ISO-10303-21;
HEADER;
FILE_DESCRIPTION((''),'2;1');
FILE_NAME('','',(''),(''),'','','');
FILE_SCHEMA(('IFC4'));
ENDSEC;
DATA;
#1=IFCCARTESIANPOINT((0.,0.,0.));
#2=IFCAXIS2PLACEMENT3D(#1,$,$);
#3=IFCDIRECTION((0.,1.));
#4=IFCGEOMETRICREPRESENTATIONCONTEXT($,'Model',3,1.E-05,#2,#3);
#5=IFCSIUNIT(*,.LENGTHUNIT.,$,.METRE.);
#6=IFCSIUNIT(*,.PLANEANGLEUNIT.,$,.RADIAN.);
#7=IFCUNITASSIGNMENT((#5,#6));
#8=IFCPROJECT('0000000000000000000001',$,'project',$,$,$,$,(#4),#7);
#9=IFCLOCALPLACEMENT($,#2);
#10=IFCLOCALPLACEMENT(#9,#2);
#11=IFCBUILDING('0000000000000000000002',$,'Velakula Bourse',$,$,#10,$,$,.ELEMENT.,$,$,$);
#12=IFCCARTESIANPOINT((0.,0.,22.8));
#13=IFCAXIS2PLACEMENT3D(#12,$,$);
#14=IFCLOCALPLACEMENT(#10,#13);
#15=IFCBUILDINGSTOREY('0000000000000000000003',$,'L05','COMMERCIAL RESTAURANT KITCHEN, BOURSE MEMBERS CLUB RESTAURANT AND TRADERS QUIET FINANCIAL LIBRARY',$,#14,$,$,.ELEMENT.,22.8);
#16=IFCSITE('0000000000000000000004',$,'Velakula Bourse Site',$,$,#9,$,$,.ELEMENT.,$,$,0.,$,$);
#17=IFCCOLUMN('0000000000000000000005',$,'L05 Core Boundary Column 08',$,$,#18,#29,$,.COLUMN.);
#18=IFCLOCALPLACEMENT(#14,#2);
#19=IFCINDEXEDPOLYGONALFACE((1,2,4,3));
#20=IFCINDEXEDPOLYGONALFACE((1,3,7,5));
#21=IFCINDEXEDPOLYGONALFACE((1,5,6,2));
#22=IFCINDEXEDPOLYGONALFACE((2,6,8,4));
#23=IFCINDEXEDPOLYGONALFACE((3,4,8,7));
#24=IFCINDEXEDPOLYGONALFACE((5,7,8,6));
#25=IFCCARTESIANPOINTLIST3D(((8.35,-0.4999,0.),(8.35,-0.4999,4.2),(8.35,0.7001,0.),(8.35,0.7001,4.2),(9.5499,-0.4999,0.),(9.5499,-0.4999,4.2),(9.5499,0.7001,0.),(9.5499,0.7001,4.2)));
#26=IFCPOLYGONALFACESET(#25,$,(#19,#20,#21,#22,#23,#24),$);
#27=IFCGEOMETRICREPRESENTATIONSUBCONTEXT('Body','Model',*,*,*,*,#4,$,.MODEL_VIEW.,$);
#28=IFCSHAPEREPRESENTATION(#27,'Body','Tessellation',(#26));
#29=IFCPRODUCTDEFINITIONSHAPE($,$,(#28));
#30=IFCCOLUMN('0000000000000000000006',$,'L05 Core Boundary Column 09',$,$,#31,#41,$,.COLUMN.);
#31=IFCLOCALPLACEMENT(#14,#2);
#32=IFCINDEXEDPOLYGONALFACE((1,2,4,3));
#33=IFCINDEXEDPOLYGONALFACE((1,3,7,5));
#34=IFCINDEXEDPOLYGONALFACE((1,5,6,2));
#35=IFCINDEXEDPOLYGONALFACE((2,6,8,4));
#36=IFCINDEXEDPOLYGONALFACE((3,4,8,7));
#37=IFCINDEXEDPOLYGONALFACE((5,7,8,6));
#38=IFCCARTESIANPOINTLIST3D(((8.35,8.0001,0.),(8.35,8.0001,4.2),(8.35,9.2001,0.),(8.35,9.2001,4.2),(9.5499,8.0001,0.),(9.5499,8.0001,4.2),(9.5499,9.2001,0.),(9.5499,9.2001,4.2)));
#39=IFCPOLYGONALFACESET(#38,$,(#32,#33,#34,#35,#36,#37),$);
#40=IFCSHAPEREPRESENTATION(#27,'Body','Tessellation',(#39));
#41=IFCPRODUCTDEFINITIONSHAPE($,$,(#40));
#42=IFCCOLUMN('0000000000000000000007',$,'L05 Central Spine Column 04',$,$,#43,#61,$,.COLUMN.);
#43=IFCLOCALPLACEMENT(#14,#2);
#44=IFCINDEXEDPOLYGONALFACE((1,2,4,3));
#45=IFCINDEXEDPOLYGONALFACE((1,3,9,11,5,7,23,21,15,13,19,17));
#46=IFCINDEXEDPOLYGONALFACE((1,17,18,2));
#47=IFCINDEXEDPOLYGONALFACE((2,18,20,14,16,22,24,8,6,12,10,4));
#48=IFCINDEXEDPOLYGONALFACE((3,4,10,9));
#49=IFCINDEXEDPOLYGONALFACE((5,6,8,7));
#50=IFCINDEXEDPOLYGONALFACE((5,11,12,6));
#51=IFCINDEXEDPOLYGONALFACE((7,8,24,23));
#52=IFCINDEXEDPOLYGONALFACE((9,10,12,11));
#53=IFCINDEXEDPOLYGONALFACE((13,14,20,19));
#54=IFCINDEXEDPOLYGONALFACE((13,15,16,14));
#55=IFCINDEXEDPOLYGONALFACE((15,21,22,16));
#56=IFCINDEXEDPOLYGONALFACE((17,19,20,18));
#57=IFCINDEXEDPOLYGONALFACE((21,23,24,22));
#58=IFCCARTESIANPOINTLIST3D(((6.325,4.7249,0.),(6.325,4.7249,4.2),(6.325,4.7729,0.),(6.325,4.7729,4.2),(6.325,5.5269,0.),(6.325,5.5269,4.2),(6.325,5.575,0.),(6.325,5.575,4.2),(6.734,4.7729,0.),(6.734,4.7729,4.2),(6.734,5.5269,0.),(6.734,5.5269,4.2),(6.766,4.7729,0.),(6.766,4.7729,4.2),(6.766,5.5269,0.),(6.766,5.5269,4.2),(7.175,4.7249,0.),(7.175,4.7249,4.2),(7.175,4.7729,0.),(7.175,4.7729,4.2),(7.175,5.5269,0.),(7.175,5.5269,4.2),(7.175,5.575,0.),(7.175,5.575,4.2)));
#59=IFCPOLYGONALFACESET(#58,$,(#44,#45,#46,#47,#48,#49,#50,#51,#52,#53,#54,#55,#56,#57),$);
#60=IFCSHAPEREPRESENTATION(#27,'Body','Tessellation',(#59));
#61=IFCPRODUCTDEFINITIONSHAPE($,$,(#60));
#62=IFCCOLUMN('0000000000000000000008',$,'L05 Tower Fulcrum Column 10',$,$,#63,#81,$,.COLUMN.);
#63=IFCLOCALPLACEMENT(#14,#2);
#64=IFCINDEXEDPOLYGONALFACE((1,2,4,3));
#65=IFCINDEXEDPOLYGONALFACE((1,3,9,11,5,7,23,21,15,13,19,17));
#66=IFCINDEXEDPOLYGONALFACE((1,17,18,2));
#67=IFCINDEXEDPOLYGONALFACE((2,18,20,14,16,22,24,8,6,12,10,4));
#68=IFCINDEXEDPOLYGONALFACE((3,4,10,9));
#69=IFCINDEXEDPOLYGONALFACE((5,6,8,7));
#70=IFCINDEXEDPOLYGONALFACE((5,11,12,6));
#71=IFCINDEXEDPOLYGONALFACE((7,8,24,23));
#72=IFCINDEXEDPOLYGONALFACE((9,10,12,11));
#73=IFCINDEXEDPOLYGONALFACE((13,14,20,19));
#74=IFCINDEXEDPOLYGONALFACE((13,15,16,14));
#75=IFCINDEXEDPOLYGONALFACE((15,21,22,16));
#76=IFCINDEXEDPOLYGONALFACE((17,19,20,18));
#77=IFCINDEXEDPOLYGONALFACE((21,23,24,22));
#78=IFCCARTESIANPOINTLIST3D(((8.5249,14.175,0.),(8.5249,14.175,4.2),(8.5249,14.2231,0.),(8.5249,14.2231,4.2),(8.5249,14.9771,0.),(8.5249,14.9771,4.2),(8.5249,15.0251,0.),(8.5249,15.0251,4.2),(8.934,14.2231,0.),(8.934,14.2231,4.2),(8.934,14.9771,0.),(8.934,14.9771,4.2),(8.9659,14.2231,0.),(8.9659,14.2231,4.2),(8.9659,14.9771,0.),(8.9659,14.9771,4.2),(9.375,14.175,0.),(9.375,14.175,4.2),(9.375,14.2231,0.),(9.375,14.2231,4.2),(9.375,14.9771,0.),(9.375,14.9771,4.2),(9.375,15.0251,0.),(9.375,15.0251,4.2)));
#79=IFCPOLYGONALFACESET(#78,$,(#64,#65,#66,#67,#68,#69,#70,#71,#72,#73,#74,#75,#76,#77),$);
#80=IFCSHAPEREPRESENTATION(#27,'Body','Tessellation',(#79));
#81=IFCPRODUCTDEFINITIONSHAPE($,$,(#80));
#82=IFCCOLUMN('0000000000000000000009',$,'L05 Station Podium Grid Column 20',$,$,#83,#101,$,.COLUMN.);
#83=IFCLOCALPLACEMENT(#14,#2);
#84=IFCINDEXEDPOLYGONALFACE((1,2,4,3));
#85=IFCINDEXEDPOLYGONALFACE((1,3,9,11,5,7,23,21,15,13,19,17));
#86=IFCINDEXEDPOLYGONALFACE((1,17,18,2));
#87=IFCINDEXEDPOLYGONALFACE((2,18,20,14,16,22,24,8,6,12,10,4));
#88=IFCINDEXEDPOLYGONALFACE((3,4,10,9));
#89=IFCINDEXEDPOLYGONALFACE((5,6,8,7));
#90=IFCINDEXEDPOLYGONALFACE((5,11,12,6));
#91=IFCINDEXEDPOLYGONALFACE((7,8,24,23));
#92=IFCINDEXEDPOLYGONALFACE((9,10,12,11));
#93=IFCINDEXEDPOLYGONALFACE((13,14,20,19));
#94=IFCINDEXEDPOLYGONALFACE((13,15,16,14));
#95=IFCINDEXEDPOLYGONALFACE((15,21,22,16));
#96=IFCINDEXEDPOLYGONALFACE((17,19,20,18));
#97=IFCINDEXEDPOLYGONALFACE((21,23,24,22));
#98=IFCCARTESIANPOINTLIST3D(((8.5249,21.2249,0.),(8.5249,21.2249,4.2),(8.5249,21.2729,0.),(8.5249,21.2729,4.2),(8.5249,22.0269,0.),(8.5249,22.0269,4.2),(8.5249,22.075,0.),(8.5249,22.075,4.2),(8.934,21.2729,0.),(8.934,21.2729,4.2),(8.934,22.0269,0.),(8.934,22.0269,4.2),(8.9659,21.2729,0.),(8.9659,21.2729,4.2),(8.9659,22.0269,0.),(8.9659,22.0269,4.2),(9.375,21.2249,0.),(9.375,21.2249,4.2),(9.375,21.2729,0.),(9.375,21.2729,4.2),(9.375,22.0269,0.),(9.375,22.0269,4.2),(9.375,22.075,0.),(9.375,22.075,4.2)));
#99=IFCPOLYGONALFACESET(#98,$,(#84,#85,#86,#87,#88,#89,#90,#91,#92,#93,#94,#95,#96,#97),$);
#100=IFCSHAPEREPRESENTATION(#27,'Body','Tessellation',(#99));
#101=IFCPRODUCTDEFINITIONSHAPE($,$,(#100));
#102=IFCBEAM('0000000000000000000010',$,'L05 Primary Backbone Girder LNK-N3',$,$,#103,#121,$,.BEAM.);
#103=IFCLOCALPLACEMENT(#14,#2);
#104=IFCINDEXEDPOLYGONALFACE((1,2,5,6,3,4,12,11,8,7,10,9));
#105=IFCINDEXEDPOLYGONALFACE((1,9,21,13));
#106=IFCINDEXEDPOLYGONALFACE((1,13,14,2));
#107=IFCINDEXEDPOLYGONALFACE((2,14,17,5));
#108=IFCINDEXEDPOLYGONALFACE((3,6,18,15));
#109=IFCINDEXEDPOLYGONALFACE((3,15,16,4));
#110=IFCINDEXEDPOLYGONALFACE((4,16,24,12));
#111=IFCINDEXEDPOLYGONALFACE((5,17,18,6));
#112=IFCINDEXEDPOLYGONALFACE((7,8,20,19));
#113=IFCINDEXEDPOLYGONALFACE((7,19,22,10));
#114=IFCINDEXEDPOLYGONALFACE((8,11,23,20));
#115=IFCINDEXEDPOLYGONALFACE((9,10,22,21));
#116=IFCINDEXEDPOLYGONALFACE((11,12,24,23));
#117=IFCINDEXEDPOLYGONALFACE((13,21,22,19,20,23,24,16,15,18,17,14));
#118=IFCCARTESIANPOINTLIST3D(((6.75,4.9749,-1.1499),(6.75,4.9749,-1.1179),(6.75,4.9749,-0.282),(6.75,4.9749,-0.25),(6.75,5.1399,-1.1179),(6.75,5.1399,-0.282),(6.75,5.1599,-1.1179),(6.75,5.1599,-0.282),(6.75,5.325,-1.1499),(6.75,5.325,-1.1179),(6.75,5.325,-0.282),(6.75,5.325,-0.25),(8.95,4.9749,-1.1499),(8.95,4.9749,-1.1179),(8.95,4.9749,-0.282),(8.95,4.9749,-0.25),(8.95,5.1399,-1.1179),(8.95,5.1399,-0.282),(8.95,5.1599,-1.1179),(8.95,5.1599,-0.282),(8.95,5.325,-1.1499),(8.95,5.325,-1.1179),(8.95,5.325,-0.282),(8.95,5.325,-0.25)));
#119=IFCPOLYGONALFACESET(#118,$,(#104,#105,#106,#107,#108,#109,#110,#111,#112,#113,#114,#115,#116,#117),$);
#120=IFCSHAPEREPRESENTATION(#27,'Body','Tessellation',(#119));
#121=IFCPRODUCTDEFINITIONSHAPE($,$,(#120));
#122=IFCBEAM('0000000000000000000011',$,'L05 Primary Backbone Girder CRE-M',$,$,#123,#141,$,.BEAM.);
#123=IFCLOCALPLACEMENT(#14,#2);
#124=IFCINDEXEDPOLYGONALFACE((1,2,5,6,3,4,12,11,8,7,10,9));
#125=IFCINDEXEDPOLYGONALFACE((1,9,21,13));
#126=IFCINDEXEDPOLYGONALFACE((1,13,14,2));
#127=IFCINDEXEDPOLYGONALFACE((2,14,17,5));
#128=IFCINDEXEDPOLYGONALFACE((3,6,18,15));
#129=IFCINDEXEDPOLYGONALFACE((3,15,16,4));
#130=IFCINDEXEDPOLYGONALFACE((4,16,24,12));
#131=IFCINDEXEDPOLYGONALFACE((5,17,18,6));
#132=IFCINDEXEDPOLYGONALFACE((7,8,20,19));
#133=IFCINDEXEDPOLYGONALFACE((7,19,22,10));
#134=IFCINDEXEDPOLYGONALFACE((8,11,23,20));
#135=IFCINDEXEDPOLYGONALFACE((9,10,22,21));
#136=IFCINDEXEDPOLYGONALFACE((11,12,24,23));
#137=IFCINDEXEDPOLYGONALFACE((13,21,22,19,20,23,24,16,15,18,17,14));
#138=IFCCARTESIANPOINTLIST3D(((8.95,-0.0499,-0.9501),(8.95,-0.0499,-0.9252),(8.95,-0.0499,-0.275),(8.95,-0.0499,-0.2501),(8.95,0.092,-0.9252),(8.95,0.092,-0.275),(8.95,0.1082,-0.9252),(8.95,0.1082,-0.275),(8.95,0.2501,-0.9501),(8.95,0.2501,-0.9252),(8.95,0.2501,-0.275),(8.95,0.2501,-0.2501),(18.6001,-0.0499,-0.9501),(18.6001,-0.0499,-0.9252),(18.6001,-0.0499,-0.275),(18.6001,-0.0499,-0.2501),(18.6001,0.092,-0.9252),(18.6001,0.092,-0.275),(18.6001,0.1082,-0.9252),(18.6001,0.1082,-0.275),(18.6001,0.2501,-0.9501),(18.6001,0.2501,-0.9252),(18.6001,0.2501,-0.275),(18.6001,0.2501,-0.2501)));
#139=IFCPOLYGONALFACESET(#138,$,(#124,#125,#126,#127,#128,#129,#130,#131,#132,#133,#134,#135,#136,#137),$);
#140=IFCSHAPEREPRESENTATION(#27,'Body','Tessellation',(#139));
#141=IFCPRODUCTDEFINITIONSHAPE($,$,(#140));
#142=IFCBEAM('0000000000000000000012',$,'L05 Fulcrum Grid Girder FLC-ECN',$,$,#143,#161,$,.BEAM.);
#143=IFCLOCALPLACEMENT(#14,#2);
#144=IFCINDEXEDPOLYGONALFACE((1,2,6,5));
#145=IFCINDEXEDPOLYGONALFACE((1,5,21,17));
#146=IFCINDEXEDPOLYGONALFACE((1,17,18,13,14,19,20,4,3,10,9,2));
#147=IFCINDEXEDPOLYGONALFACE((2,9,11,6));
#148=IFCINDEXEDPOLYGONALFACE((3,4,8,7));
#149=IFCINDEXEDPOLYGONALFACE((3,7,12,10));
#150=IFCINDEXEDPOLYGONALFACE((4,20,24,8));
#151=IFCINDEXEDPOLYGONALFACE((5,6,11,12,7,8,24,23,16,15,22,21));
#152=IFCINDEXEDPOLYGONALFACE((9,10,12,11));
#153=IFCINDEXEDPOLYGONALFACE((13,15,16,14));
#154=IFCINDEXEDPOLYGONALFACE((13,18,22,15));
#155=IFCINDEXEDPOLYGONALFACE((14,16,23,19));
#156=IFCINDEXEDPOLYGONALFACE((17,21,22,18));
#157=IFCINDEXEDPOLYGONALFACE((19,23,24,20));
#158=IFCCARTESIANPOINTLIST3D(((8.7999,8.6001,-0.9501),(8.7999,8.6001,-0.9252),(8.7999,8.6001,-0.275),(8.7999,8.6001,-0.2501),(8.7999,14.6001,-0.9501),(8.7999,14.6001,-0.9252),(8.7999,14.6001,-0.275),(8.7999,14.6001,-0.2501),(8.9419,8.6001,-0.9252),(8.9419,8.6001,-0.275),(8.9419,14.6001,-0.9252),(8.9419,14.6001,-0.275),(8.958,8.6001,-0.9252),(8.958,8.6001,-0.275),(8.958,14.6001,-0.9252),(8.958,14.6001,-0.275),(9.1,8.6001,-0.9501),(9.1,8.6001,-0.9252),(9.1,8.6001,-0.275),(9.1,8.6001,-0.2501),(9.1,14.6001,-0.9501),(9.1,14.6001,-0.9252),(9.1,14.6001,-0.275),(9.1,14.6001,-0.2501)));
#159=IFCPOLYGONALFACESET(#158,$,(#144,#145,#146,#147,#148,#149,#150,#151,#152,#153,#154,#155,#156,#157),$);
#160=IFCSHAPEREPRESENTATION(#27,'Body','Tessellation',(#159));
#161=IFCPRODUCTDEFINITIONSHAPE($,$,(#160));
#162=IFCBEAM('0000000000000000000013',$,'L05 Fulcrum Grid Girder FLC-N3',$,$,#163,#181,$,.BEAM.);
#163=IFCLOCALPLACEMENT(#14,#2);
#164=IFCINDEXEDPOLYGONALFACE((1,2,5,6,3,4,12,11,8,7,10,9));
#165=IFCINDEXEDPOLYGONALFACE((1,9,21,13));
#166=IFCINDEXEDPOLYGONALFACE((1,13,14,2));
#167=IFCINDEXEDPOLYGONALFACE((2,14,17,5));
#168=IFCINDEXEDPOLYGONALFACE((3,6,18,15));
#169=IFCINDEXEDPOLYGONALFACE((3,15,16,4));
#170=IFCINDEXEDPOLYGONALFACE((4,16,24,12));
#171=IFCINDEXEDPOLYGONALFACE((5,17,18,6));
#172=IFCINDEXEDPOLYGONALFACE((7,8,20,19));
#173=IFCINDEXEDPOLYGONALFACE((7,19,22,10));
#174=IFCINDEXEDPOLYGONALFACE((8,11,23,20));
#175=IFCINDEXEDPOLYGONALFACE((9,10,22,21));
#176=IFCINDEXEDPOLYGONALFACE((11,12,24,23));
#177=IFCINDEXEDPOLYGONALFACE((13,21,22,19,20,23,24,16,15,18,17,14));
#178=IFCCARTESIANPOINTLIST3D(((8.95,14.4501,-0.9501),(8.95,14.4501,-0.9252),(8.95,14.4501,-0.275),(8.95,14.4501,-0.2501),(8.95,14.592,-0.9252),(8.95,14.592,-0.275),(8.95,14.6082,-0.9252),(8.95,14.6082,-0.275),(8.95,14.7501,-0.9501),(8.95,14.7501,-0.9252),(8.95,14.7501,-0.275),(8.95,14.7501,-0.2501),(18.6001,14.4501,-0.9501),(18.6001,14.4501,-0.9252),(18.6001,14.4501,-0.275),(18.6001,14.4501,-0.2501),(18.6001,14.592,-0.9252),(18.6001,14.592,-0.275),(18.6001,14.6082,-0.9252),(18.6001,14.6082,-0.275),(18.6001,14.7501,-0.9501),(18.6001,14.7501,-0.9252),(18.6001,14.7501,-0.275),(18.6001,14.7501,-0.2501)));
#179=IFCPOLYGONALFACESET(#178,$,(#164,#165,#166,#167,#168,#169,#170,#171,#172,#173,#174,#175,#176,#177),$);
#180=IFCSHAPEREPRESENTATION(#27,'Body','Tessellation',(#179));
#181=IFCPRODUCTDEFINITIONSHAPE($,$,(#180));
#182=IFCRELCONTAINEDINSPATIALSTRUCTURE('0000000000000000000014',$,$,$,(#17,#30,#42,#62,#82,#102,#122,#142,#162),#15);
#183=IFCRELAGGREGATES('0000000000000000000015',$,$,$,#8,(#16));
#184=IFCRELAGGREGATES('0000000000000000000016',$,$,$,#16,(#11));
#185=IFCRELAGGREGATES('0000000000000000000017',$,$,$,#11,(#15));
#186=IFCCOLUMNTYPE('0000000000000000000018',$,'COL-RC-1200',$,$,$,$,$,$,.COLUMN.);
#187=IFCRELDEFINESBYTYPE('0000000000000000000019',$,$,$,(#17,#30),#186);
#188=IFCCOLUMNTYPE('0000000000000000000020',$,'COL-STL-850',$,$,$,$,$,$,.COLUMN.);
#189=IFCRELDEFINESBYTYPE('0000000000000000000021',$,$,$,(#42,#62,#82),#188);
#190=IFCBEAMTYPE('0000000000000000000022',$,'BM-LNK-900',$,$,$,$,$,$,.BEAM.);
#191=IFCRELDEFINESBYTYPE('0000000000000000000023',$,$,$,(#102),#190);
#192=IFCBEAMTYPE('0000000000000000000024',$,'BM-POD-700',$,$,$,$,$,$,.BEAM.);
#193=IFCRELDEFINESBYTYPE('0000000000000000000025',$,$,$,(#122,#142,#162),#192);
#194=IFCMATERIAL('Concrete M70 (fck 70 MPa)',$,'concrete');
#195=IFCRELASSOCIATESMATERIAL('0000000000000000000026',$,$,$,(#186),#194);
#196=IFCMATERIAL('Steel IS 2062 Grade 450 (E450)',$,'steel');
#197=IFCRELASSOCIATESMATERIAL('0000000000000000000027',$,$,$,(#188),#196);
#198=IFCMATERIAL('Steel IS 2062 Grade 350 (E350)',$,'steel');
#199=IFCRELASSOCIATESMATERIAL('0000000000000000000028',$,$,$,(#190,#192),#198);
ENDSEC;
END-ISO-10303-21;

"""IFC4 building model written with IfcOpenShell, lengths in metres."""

from ifc_helpers import new_model, si_unit, direction, frame, origin, origin_2d, place, context, subcontext, project, spatial, rectangle, i_section, extrude, material, material_profile, profile_set, type_object, element, save


model = new_model("IFC4")

# Units and contexts
model_context = context("Model", 3, precision=1e-05, world=origin(), true_north=direction((0.0, 1.0)))
body_context = subcontext(model_context, "Body", "Model", "MODEL_VIEW")
ifc_project = project(units=[si_unit("LENGTHUNIT", "METRE"), si_unit("PLANEANGLEUNIT", "RADIAN")], contexts=[model_context])

# Site, building, storey
site_placement = place(None, origin())
site = spatial("IfcSite", under=ifc_project, at=site_placement, Name="Velakula Bourse Site", CompositionType="ELEMENT", RefElevation=0.0)
building_placement = place(site_placement, origin())
building = spatial("IfcBuilding", under=site, at=building_placement, Name="Velakula Bourse", CompositionType="ELEMENT")
storey_placement = place(building_placement, frame((0.0, 0.0, 22.8)))
storey = spatial("IfcBuildingStorey", under=building, at=storey_placement, Name="L05", Description="COMMERCIAL RESTAURANT KITCHEN, BOURSE MEMBERS CLUB RESTAURANT AND TRADERS QUIET FINANCIAL LIBRARY", CompositionType="ELEMENT", Elevation=22.8)

# Columns
ifc_material_1 = material(Name="Concrete M70 (fck 70 MPa)", Category="concrete")
ifc_material_profile_1 = material_profile(ifc_material_1, rectangle(XDim=1.2, YDim=1.2, at=origin_2d()), Name="Concrete M70 (fck 70 MPa)")
ifc_profile_set_1 = profile_set([ifc_material_profile_1], Name="Concrete M70 (fck 70 MPa)")
column_type_1 = type_object("IfcColumnType", Name="COL-RC-1200", PredefinedType="COLUMN", material=ifc_profile_set_1)
for number, where, z_axis, x_axis, name in (
    (1, (8.95, 0.1001, 0.0), (0.0, 0.0, 1.0), (1.0, 0.0, 0.0), "L05 Core Boundary Column 08"),
    (2, (8.95, 8.6001, 0.0), (0.0, 0.0, 1.0), (1.0, 0.0, 0.0), "L05 Core Boundary Column 09"),
):
    element("IfcColumn", number, at=place(storey_placement, frame(where, z_axis=z_axis, x_axis=x_axis)), inside=storey, type_object=column_type_1, Name=name, PredefinedType="COLUMN", context=body_context, shape_type="SweptSolid", body=[
        extrude(rectangle(XDim=1.2, YDim=1.2, at=origin_2d()), origin(), (0.0, 0.0, 1.0), 4.2),
    ])
ifc_material_2 = material(Name="Steel IS 2062 Grade 450 (E450)", Category="steel")
ifc_material_profile_2 = material_profile(ifc_material_2, i_section(OverallWidth=0.8501, OverallDepth=0.8501, WebThickness=0.032, FlangeThickness=0.0481, at=origin_2d()), Name="Steel IS 2062 Grade 450 (E450)")
ifc_profile_set_2 = profile_set([ifc_material_profile_2], Name="Steel IS 2062 Grade 450 (E450)")
column_type_2 = type_object("IfcColumnType", Name="COL-STL-850", PredefinedType="COLUMN", material=ifc_profile_set_2)
for number, where, z_axis, x_axis, name in (
    (3, (6.75, 5.1499, 0.0), (0.0, 0.0, 1.0), (1.0, 0.0, 0.0), "L05 Central Spine Column 04"),
    (4, (8.95, 14.6001, 0.0), (0.0, 0.0, 1.0), (1.0, 0.0, 0.0), "L05 Tower Fulcrum Column 10"),
    (5, (8.95, 21.6499, 0.0), (0.0, 0.0, 1.0), (1.0, 0.0, 0.0), "L05 Station Podium Grid Column 20"),
):
    element("IfcColumn", number, at=place(storey_placement, frame(where, z_axis=z_axis, x_axis=x_axis)), inside=storey, type_object=column_type_2, Name=name, PredefinedType="COLUMN", context=body_context, shape_type="SweptSolid", body=[
        extrude(i_section(OverallWidth=0.8501, OverallDepth=0.8501, WebThickness=0.032, FlangeThickness=0.0481, at=origin_2d()), origin(), (0.0, 0.0, 1.0), 4.2),
    ])

# Beams
ifc_material_3 = material(Name="Steel IS 2062 Grade 350 (E350)", Category="steel")
ifc_material_profile_3 = material_profile(ifc_material_3, i_section(OverallWidth=0.3501, OverallDepth=0.8999, WebThickness=0.02, FlangeThickness=0.032, at=origin_2d()), Name="Steel IS 2062 Grade 350 (E350)")
ifc_profile_set_3 = profile_set([ifc_material_profile_3], Name="Steel IS 2062 Grade 350 (E350)")
beam_type_1 = type_object("IfcBeamType", Name="BM-LNK-900", PredefinedType="BEAM", material=ifc_profile_set_3)
beam_1_placement = place(storey_placement, frame((6.75, 5.1499, -0.7), z_axis=(1.0, 0.0, 0.0), x_axis=(0.0, 1.0, 0.0)))
element("IfcBeam", 6, at=beam_1_placement, inside=storey, type_object=beam_type_1, Name="L05 Primary Backbone Girder LNK-N3", PredefinedType="BEAM", context=body_context, shape_type="SweptSolid", body=[
    extrude(i_section(OverallWidth=0.3501, OverallDepth=0.8999, WebThickness=0.02, FlangeThickness=0.032, at=origin_2d()), origin(), (0.0, 0.0, 1.0), 2.2),
])
ifc_material_profile_4 = material_profile(ifc_material_3, i_section(OverallWidth=0.3, OverallDepth=0.7, WebThickness=0.0161, FlangeThickness=0.0249, at=origin_2d()), Name="Steel IS 2062 Grade 350 (E350)")
ifc_profile_set_4 = profile_set([ifc_material_profile_4], Name="Steel IS 2062 Grade 350 (E350)")
beam_type_2 = type_object("IfcBeamType", Name="BM-POD-700", PredefinedType="BEAM", material=ifc_profile_set_4)
beam_2_placement = place(storey_placement, frame((8.95, 0.1001, -0.6001), z_axis=(1.0, 0.0, 0.0), x_axis=(0.0, 1.0, 0.0)))
element("IfcBeam", 7, at=beam_2_placement, inside=storey, type_object=beam_type_2, Name="L05 Primary Backbone Girder CRE-M", PredefinedType="BEAM", context=body_context, shape_type="SweptSolid", body=[
    extrude(i_section(OverallWidth=0.3, OverallDepth=0.7, WebThickness=0.0161, FlangeThickness=0.0249, at=origin_2d()), origin(), (0.0, 0.0, 1.0), 9.6501),
])
beam_3_placement = place(storey_placement, frame((8.95, 8.6001, -0.6001), z_axis=(0.0, 1.0, 0.0), x_axis=(-1.0, 0.0, 0.0)))
element("IfcBeam", 8, at=beam_3_placement, inside=storey, type_object=beam_type_2, Name="L05 Fulcrum Grid Girder FLC-ECN", PredefinedType="BEAM", context=body_context, shape_type="SweptSolid", body=[
    extrude(i_section(OverallWidth=0.3, OverallDepth=0.7, WebThickness=0.0161, FlangeThickness=0.0249, at=origin_2d()), origin(), (0.0, 0.0, 1.0), 6.0),
])
beam_4_placement = place(storey_placement, frame((8.95, 14.6001, -0.6001), z_axis=(1.0, 0.0, 0.0), x_axis=(0.0, 1.0, 0.0)))
element("IfcBeam", 9, at=beam_4_placement, inside=storey, type_object=beam_type_2, Name="L05 Fulcrum Grid Girder FLC-N3", PredefinedType="BEAM", context=body_context, shape_type="SweptSolid", body=[
    extrude(i_section(OverallWidth=0.3, OverallDepth=0.7, WebThickness=0.0161, FlangeThickness=0.0249, at=origin_2d()), origin(), (0.0, 0.0, 1.0), 9.6501),
])

save(model, "model.ifc")
